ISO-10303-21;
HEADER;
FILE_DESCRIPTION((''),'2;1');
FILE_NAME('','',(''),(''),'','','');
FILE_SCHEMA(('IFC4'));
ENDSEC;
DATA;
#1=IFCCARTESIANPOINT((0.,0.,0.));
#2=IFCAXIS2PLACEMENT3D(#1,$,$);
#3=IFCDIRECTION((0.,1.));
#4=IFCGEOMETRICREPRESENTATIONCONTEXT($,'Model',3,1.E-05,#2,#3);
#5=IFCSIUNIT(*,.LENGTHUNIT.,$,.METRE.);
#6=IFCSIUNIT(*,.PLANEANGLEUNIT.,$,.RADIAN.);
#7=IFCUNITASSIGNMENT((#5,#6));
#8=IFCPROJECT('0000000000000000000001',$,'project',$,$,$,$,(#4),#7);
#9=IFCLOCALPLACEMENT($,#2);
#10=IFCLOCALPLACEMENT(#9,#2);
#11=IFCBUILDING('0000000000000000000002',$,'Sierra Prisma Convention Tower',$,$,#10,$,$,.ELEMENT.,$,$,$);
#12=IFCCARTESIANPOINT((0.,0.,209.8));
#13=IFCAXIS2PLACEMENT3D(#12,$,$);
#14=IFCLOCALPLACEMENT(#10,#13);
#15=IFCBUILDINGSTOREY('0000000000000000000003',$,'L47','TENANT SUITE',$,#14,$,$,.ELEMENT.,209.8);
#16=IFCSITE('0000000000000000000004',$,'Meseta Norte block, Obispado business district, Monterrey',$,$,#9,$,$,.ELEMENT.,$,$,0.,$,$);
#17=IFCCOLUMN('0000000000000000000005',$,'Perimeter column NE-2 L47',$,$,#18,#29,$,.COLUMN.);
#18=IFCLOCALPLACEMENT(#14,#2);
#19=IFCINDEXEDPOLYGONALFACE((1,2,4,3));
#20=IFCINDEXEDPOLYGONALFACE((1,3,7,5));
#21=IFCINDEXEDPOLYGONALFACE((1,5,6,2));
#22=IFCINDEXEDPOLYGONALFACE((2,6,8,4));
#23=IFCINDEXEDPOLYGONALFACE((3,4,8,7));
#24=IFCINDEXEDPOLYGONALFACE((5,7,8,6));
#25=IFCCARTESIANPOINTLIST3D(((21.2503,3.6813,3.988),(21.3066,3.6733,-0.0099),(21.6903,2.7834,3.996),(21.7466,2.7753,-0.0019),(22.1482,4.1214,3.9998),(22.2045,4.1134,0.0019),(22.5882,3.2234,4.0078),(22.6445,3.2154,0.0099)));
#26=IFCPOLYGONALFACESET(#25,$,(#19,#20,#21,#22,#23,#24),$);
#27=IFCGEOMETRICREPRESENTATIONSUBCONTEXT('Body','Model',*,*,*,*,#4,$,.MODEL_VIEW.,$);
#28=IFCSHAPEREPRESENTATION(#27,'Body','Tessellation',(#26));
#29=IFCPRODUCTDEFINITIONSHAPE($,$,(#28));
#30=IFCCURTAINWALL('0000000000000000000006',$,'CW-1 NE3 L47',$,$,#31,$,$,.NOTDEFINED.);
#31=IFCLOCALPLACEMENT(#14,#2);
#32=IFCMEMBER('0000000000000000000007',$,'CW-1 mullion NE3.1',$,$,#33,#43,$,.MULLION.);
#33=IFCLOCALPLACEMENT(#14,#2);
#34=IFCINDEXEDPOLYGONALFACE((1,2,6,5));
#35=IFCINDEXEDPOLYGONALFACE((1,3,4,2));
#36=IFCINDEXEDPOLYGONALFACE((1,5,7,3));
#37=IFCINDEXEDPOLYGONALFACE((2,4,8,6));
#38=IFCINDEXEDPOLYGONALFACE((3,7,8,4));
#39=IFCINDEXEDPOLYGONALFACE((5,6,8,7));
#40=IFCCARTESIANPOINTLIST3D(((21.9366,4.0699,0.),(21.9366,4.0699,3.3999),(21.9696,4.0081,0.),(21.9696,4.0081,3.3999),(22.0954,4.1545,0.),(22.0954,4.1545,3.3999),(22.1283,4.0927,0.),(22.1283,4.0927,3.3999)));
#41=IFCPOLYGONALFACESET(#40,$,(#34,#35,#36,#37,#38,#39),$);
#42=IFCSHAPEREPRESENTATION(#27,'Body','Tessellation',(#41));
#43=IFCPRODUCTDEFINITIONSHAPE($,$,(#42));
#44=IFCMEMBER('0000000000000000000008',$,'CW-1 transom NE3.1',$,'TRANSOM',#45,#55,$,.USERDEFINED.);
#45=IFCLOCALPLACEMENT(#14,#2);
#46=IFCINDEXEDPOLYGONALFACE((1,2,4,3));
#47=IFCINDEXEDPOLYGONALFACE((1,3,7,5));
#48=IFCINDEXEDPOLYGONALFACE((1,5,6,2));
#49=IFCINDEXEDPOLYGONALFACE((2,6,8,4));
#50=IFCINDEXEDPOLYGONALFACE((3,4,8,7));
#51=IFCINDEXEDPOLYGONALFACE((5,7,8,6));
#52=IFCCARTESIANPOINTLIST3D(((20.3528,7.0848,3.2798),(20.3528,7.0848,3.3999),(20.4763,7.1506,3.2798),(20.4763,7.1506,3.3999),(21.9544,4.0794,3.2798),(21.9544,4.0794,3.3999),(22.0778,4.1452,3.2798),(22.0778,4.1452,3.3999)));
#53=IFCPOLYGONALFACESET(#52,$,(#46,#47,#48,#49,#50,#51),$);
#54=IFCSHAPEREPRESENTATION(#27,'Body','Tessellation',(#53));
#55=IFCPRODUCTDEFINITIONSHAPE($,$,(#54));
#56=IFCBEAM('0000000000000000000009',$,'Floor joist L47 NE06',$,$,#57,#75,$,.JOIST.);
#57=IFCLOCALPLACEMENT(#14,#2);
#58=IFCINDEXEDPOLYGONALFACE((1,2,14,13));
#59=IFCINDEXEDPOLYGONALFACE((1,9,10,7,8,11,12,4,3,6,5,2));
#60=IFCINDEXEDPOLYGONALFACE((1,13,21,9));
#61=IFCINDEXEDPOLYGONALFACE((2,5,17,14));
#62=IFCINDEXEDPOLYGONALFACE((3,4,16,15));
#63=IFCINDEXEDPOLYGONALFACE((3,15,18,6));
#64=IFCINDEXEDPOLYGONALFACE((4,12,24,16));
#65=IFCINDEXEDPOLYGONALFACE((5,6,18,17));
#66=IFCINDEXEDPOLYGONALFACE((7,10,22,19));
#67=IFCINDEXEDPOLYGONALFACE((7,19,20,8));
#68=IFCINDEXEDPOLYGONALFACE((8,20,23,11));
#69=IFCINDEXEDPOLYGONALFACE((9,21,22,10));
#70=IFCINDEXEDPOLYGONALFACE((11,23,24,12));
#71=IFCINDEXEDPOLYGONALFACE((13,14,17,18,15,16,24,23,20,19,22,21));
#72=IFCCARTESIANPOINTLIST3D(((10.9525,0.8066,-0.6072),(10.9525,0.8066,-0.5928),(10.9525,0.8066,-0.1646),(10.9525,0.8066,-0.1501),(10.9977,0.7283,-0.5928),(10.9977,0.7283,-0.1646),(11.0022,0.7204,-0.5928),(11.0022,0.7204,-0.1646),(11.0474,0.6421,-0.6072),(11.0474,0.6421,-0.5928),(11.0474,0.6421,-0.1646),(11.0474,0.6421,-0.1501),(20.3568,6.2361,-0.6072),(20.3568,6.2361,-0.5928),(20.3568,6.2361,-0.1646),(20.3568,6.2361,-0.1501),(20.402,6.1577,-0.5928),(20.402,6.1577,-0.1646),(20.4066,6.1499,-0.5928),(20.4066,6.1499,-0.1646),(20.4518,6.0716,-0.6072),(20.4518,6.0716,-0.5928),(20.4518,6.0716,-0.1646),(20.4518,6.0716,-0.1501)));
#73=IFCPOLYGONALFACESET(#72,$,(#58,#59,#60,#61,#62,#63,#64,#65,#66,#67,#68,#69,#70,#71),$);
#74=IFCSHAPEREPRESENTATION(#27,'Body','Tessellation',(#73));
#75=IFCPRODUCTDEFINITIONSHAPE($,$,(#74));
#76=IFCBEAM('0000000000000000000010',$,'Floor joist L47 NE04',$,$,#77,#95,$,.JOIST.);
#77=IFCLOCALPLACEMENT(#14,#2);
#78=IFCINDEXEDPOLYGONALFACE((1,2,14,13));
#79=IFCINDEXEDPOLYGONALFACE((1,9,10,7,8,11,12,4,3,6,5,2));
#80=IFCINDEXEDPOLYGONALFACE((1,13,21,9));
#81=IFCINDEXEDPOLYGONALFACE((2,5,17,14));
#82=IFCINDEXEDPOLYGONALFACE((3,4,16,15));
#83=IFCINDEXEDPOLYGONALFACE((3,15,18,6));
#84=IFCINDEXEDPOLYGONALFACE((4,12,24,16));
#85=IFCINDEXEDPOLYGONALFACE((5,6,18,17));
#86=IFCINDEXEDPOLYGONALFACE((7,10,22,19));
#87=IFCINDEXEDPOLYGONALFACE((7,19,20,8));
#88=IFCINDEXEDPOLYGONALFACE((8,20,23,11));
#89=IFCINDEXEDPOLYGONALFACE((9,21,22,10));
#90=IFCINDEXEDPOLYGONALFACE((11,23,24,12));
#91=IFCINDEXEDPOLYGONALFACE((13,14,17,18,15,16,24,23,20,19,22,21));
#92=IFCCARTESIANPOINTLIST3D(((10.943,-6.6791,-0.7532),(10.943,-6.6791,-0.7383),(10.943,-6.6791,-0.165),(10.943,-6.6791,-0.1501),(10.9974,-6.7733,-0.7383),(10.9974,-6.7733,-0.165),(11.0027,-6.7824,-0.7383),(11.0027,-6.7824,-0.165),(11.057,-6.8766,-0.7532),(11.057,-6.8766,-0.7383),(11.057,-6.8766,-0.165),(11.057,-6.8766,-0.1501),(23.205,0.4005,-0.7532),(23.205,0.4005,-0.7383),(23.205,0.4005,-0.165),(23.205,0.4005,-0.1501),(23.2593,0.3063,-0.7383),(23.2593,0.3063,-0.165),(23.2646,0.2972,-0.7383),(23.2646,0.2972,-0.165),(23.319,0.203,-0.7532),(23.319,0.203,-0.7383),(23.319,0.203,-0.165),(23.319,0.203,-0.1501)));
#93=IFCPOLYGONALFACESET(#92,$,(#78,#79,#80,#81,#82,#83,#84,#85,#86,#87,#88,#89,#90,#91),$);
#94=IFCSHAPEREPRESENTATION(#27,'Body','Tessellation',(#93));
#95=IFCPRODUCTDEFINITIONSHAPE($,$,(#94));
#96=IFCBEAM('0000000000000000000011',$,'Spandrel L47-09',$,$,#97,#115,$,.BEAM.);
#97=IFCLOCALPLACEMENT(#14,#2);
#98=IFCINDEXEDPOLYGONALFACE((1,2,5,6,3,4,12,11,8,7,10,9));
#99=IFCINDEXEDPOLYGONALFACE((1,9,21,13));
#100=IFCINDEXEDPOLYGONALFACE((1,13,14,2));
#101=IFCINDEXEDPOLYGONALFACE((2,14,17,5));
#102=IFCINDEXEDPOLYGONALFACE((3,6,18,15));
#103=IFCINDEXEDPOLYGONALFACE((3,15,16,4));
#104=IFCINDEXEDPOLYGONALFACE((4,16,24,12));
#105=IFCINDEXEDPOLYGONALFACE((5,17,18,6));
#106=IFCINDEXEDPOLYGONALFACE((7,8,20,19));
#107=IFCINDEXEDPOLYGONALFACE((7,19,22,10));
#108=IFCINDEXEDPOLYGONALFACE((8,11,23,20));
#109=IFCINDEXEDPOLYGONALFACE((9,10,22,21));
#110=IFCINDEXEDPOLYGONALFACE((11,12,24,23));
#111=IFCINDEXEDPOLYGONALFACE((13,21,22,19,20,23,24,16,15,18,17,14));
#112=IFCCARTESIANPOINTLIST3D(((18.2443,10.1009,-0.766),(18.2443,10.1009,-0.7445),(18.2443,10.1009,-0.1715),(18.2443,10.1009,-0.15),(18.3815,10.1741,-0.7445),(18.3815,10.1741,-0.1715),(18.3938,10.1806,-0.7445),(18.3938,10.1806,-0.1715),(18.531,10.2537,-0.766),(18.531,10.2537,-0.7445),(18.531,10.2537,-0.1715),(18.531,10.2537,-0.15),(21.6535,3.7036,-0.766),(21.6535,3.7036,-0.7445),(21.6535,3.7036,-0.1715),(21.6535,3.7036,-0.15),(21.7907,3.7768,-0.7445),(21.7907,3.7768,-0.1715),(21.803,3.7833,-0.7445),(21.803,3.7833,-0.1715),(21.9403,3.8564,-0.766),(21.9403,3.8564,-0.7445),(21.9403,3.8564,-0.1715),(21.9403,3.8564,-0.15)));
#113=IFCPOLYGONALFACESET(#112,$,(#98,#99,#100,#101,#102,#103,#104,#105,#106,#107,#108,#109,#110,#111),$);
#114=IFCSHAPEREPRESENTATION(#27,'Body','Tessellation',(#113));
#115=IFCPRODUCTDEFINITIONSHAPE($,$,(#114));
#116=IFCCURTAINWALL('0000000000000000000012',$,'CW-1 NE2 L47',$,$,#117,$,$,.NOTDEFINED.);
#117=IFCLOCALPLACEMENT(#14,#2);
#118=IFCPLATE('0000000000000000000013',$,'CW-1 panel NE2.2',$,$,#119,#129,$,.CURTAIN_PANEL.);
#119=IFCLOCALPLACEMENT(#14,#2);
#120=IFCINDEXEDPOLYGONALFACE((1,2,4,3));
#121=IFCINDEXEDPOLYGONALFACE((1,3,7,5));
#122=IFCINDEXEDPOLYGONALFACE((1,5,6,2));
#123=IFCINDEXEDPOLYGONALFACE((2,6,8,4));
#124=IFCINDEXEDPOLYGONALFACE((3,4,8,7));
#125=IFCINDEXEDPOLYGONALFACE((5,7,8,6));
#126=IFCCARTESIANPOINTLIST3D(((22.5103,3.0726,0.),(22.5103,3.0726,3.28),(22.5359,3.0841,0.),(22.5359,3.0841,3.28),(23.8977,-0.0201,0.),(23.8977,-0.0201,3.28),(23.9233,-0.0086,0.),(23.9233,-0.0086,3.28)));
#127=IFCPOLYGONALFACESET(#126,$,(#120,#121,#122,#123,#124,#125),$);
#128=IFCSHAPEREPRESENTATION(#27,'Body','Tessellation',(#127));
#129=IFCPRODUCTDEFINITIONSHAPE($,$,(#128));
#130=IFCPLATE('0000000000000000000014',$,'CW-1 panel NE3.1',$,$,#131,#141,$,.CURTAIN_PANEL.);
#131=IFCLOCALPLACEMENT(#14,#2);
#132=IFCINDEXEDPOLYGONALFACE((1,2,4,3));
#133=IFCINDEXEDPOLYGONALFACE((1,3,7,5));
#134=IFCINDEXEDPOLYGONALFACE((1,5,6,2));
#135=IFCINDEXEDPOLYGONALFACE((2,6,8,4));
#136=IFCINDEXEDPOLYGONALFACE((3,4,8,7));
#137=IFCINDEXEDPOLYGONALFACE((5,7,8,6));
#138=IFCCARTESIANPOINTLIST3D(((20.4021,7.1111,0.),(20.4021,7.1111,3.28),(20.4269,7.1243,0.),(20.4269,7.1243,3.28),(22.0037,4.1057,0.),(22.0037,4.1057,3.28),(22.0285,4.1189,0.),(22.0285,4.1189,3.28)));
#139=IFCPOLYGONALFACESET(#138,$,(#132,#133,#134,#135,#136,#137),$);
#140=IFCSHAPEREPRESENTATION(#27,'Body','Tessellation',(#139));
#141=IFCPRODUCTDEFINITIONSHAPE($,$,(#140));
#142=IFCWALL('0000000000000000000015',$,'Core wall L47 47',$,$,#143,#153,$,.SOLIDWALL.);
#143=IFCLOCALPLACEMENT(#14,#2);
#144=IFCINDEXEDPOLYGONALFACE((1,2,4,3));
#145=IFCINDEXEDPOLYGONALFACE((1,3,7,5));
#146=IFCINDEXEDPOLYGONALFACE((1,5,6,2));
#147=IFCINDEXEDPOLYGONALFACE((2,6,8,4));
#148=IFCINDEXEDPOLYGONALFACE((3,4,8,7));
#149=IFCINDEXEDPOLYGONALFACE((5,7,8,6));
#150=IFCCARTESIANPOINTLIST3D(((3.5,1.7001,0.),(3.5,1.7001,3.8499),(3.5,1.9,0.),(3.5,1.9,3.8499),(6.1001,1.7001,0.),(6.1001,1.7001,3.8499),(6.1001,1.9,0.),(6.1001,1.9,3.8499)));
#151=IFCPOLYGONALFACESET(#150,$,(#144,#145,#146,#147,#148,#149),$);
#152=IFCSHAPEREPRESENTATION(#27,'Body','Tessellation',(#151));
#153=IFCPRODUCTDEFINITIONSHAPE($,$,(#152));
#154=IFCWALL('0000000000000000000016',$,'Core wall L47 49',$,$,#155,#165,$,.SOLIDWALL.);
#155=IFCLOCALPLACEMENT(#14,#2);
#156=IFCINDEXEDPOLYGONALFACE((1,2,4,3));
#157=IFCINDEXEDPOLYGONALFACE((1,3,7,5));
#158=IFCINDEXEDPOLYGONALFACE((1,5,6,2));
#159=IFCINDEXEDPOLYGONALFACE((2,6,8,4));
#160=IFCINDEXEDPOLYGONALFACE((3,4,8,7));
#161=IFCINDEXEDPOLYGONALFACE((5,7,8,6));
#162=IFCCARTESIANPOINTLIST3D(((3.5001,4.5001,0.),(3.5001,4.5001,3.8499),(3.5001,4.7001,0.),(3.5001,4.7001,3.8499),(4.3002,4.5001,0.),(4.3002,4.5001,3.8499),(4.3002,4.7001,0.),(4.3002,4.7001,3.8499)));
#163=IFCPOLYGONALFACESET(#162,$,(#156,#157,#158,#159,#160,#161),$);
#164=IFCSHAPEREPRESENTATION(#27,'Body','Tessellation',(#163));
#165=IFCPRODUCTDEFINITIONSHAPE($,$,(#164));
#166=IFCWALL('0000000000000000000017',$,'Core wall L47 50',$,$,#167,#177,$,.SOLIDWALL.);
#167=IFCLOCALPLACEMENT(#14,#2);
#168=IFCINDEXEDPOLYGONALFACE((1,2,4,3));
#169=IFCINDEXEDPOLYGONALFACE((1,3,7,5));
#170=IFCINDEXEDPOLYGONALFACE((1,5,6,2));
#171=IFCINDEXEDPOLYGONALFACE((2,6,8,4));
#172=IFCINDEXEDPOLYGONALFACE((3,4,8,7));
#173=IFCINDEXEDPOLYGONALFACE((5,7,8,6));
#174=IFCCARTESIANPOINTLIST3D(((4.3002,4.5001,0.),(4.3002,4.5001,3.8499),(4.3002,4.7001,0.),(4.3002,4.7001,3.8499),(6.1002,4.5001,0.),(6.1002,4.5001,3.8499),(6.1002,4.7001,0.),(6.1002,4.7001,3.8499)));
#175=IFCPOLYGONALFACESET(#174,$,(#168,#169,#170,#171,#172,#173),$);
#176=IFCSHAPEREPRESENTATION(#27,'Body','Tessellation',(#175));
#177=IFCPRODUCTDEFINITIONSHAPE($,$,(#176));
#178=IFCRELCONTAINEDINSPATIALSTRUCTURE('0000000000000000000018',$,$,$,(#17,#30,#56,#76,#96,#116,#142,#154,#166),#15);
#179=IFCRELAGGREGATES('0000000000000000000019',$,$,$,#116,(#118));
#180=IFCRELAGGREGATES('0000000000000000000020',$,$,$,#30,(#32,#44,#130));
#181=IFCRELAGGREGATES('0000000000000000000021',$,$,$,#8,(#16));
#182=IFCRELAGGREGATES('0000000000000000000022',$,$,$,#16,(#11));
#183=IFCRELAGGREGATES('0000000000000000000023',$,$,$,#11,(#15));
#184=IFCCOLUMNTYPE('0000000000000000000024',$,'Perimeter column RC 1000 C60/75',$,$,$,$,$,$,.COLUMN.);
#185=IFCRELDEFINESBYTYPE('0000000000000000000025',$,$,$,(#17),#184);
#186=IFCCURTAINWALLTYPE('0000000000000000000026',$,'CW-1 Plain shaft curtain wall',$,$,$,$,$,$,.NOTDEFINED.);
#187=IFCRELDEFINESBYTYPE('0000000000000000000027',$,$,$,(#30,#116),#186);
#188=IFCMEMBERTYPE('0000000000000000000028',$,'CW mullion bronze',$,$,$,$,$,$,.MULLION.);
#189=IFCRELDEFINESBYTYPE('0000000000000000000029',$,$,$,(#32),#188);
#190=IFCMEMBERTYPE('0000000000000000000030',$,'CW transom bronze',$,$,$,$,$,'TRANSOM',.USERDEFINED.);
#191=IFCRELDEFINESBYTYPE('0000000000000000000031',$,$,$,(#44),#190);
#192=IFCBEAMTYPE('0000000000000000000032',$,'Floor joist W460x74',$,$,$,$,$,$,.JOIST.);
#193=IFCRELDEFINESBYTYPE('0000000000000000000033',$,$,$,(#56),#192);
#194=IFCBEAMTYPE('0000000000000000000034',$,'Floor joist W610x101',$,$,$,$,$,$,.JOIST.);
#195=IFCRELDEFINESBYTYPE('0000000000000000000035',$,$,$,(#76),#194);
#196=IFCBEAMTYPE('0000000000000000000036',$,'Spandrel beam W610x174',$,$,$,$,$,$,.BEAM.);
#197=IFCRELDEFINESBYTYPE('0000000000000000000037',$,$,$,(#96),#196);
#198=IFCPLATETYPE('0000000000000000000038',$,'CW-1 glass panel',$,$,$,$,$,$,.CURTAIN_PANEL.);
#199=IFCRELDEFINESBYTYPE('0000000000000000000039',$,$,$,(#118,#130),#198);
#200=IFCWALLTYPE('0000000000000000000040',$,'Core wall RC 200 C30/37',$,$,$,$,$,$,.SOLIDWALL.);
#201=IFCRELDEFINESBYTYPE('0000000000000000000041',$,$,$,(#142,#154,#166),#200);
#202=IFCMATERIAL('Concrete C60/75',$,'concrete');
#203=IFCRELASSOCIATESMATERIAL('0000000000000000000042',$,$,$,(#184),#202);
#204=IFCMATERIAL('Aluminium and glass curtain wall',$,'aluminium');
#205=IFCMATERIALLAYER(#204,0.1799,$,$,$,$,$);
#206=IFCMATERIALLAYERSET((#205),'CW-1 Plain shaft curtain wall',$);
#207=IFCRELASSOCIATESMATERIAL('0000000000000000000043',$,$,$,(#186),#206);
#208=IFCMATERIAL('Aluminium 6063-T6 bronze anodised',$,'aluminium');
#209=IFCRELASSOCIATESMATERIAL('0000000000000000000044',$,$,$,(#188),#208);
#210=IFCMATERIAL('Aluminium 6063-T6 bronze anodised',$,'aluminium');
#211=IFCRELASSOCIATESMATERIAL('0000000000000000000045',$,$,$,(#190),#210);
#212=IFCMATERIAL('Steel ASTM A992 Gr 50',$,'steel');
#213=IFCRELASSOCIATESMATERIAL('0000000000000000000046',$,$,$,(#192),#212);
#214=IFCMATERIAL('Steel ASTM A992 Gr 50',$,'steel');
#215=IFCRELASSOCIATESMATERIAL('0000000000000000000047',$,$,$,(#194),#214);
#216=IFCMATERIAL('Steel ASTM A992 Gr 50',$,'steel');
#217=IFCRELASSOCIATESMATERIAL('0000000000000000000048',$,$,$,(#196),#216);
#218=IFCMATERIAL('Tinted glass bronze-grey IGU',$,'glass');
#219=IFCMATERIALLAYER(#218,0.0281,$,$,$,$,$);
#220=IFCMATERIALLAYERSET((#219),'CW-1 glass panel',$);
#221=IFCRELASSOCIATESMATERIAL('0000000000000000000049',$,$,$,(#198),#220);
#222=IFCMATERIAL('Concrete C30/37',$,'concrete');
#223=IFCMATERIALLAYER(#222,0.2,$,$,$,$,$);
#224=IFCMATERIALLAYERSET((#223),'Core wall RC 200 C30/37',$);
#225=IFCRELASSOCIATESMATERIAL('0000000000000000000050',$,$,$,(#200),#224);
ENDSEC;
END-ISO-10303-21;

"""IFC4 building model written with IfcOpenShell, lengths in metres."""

from ifc_helpers import new_model, si_unit, direction, frame, frame_2d, origin, origin_2d, place, context, subcontext, project, spatial, rectangle, i_section, extrude, clip, halfspace, material, layer, layer_set, material_profile, profile_set, type_object, element, aggregate, save


model = new_model("IFC4")

# Units and contexts
model_context = context("Model", 3, precision=1e-05, world=origin(), true_north=direction((0.0, 1.0)))
body_context = subcontext(model_context, "Body", "Model", "MODEL_VIEW")
ifc_project = project(units=[si_unit("LENGTHUNIT", "METRE"), si_unit("PLANEANGLEUNIT", "RADIAN")], contexts=[model_context])

# Site, building, storey
site_placement = place(None, origin())
site = spatial("IfcSite", under=ifc_project, at=site_placement, Name="Meseta Norte block, Obispado business district, Monterrey", CompositionType="ELEMENT", RefElevation=0.0)
building_placement = place(site_placement, origin())
building = spatial("IfcBuilding", under=site, at=building_placement, Name="Sierra Prisma Convention Tower", CompositionType="ELEMENT")
storey_placement = place(building_placement, frame((0.0, 0.0, 209.8)))
storey = spatial("IfcBuildingStorey", under=building, at=storey_placement, Name="L47", Description="TENANT SUITE", CompositionType="ELEMENT", Elevation=209.8)

# Column
ifc_material_1 = material(Name="Concrete C60/75", Category="concrete")
ifc_material_profile_1 = material_profile(ifc_material_1, rectangle(XDim=1.0, YDim=1.0, at=origin_2d()), Name="Perimeter column RC 1000 C60/75")
ifc_profile_set_1 = profile_set([ifc_material_profile_1], Name="Concrete C60/75")
column_type = type_object("IfcColumnType", Name="Perimeter column RC 1000 C60/75", PredefinedType="COLUMN", material=ifc_profile_set_1)
column_placement = place(storey_placement, frame((21.9756, 3.4443, 0.0), z_axis=(-0.014098, 0.002014, 0.999899), x_axis=(-0.440002, 0.897961, -0.008012)))
element("IfcColumn", 1, at=column_placement, inside=storey, type_object=column_type, Name="Perimeter column NE-2 L47", PredefinedType="COLUMN", context=body_context, shape_type="SweptSolid", body=[
    clip(extrude(rectangle(XDim=1.0, YDim=1.0, at=origin_2d()), origin(), (0.0, 0.0, 1.0), 4.0005), halfspace(frame((0.0, 0.0, 3.9983)), False)),
])

# Curtain wall, members
ifc_material_2 = material(Name="Aluminium and glass curtain wall", Category="aluminium")
ifc_layer_1 = layer(ifc_material_2, 0.1799)
ifc_layer_set_1 = layer_set([ifc_layer_1], Name="CW-1 Plain shaft curtain wall")
curtain_wall_type = type_object("IfcCurtainWallType", Name="CW-1 Plain shaft curtain wall", PredefinedType="NOTDEFINED", material=ifc_layer_set_1)
curtain_wall_1_placement = place(storey_placement, origin())
curtain_wall_1 = element("IfcCurtainWall", 2, at=curtain_wall_1_placement, inside=storey, type_object=curtain_wall_type, Name="CW-1 NE3 L47", PredefinedType="NOTDEFINED")
ifc_material_3 = material(Name="Aluminium 6063-T6 bronze anodised", Category="aluminium")
ifc_material_profile_2 = material_profile(ifc_material_3, rectangle(XDim=0.1799, YDim=0.0701, at=origin_2d()), Name="ALU MULLION 70x180")
ifc_profile_set_2 = profile_set([ifc_material_profile_2], Name="Aluminium 6063-T6 bronze anodised")
member_type_1 = type_object("IfcMemberType", Name="CW mullion bronze", PredefinedType="MULLION", material=ifc_profile_set_2)
member_1_placement = place(storey_placement, frame((22.0325, 4.0813, 0.0), z_axis=(0.0, 0.0, 1.0), x_axis=(-0.882509, -0.470295, 0.0)))
member_1 = element("IfcMember", 3, at=member_1_placement, type_object=member_type_1, Name="CW-1 mullion NE3.1", PredefinedType="MULLION", context=body_context, shape_type="SweptSolid", body=[
    extrude(rectangle(XDim=0.1799, YDim=0.0701, at=origin_2d()), origin(), (0.0, 0.0, 1.0), 3.3999),
])
ifc_material_4 = material(Name="Aluminium 6063-T6 bronze anodised", Category="aluminium")
ifc_material_profile_3 = material_profile(ifc_material_4, rectangle(XDim=0.1399, YDim=0.1201, at=origin_2d()), Name="ALU TRANSOM 120x140")
ifc_profile_set_3 = profile_set([ifc_material_profile_3], Name="Aluminium 6063-T6 bronze anodised")
member_type_2 = type_object("IfcMemberType", Name="CW transom bronze", ElementType="TRANSOM", PredefinedType="USERDEFINED", material=ifc_profile_set_3)
member_2_placement = place(storey_placement, frame((22.0161, 4.1123, 3.3398), z_axis=(-0.470291, 0.882512, 0.0), x_axis=(-0.882512, -0.470291, 0.0)))
member_2 = element("IfcMember", 4, at=member_2_placement, type_object=member_type_2, Name="CW-1 transom NE3.1", ObjectType="TRANSOM", PredefinedType="USERDEFINED", context=body_context, shape_type="SweptSolid", body=[
    extrude(rectangle(XDim=0.1399, YDim=0.1201, at=origin_2d()), origin(), (0.0, 0.0, 1.0), 3.4055),
])

# Beams
ifc_material_5 = material(Name="Steel ASTM A992 Gr 50", Category="steel")
ifc_material_profile_4 = material_profile(ifc_material_5, i_section(OverallWidth=0.1899, OverallDepth=0.457, WebThickness=0.009, FlangeThickness=0.0144, at=origin_2d()), Name="W460x74")
ifc_profile_set_4 = profile_set([ifc_material_profile_4], Name="Steel ASTM A992 Gr 50")
beam_type_1 = type_object("IfcBeamType", Name="Floor joist W460x74", PredefinedType="JOIST", material=ifc_profile_set_4)
beam_1_placement = place(storey_placement, frame((20.4043, 6.1538, -0.3787), z_axis=(-0.866031, -0.499991, 0.0), x_axis=(0.499991, -0.866031, 0.0)))
element("IfcBeam", 5, at=beam_1_placement, inside=storey, type_object=beam_type_1, Name="Floor joist L47 NE06", PredefinedType="JOIST", context=body_context, shape_type="SweptSolid", body=[
    extrude(i_section(OverallWidth=0.1899, OverallDepth=0.457, WebThickness=0.009, FlangeThickness=0.0144, at=origin_2d()), origin(), (0.0, 0.0, 1.0), 10.8591),
])
ifc_material_6 = material(Name="Steel ASTM A992 Gr 50", Category="steel")
ifc_material_profile_5 = material_profile(ifc_material_6, i_section(OverallWidth=0.228, OverallDepth=0.603, WebThickness=0.0105, FlangeThickness=0.0149, at=origin_2d()), Name="W610x101")
ifc_profile_set_5 = profile_set([ifc_material_profile_5], Name="Steel ASTM A992 Gr 50")
beam_type_2 = type_object("IfcBeamType", Name="Floor joist W610x101", PredefinedType="JOIST", material=ifc_profile_set_5)
beam_2_placement = place(storey_placement, frame((23.262, 0.3018, -0.4517), z_axis=(-0.866021, -0.500008, 0.0), x_axis=(0.500008, -0.866021, 0.0)))
element("IfcBeam", 6, at=beam_2_placement, inside=storey, type_object=beam_type_2, Name="Floor joist L47 NE04", PredefinedType="JOIST", context=body_context, shape_type="SweptSolid", body=[
    extrude(i_section(OverallWidth=0.228, OverallDepth=0.603, WebThickness=0.0105, FlangeThickness=0.0149, at=origin_2d()), origin(), (0.0, 0.0, 1.0), 14.1589),
])
ifc_material_7 = material(Name="Steel ASTM A992 Gr 50", Category="steel")
ifc_material_profile_6 = material_profile(ifc_material_7, i_section(OverallWidth=0.325, OverallDepth=0.616, WebThickness=0.0139, FlangeThickness=0.0215, at=origin_2d()), Name="W610x174")
ifc_profile_set_6 = profile_set([ifc_material_profile_6], Name="Steel ASTM A992 Gr 50")
beam_type_3 = type_object("IfcBeamType", Name="Spandrel beam W610x174", PredefinedType="BEAM", material=ifc_profile_set_6)
beam_3_placement = place(storey_placement, frame((21.7969, 3.78, -0.458), z_axis=(-0.470302, 0.882506, 0.0), x_axis=(-0.882506, -0.470302, 0.0)))
element("IfcBeam", 7, at=beam_3_placement, inside=storey, type_object=beam_type_3, Name="Spandrel L47-09", PredefinedType="BEAM", context=body_context, shape_type="SweptSolid", body=[
    extrude(i_section(OverallWidth=0.325, OverallDepth=0.616, WebThickness=0.0139, FlangeThickness=0.0215, at=origin_2d()), origin(), (0.0, 0.0, 1.0), 7.249),
])

# Curtain wall, plate
curtain_wall_2_placement = place(storey_placement, origin())
curtain_wall_2 = element("IfcCurtainWall", 8, at=curtain_wall_2_placement, inside=storey, type_object=curtain_wall_type, Name="CW-1 NE2 L47", PredefinedType="NOTDEFINED")
ifc_material_8 = material(Name="Tinted glass bronze-grey IGU", Category="glass")
ifc_layer_2 = layer(ifc_material_8, 0.0281)
ifc_layer_set_2 = layer_set([ifc_layer_2], Name="CW-1 glass panel")
plate_type = type_object("IfcPlateType", Name="CW-1 glass panel", PredefinedType="CURTAIN_PANEL", material=ifc_layer_set_2)
plate_1_placement = place(storey_placement, frame((23.2168, 1.532, 0.0), z_axis=(0.0, 0.0, 1.0), x_axis=(-0.40929, 0.912404, 0.0)))
plate_1 = element("IfcPlate", 9, at=plate_1_placement, type_object=plate_type, Name="CW-1 panel NE2.2", PredefinedType="CURTAIN_PANEL", context=body_context, shape_type="SweptSolid", body=[
    extrude(rectangle(XDim=3.3896, YDim=0.0281, at=origin_2d()), origin(), (0.0, 0.0, 1.0), 3.28),
])
aggregate(curtain_wall_2, [plate_1])

# Plate
plate_2_placement = place(storey_placement, frame((21.2153, 5.615, 0.0), z_axis=(0.0, 0.0, 1.0), x_axis=(-0.470295, 0.882509, 0.0)))
plate_2 = element("IfcPlate", 10, at=plate_2_placement, type_object=plate_type, Name="CW-1 panel NE3.1", PredefinedType="CURTAIN_PANEL", context=body_context, shape_type="SweptSolid", body=[
    extrude(rectangle(XDim=3.4055, YDim=0.0281, at=origin_2d()), origin(), (0.0, 0.0, 1.0), 3.28),
])
aggregate(curtain_wall_1, [member_1, member_2, plate_2])

# Walls
ifc_material_9 = material(Name="Concrete C30/37", Category="concrete")
ifc_layer_3 = layer(ifc_material_9, 0.2)
ifc_layer_set_3 = layer_set([ifc_layer_3], Name="Core wall RC 200 C30/37")
wall_type = type_object("IfcWallType", Name="Core wall RC 200 C30/37", PredefinedType="SOLIDWALL", material=ifc_layer_set_3)
wall_1_placement = place(storey_placement, frame((6.1001, 1.8, 0.0), z_axis=(0.0, 0.0, 1.0), x_axis=(-1.0, 0.0, 0.0)))
element("IfcWall", 11, at=wall_1_placement, inside=storey, type_object=wall_type, Name="Core wall L47 47", PredefinedType="SOLIDWALL", context=body_context, shape_type="SweptSolid", body=[
    extrude(rectangle(XDim=2.6001, YDim=0.2, at=frame_2d((1.3, 0.0))), origin(), (0.0, 0.0, 1.0), 3.8499),
])
wall_2_placement = place(storey_placement, frame((4.3, 4.6001, 0.0), z_axis=(0.0, 0.0, 1.0), x_axis=(-1.0, 0.0, 0.0)))
element("IfcWall", 12, at=wall_2_placement, inside=storey, type_object=wall_type, Name="Core wall L47 49", PredefinedType="SOLIDWALL", context=body_context, shape_type="SweptSolid", body=[
    extrude(rectangle(XDim=0.8, YDim=0.2, at=frame_2d((0.3999, 0.0))), origin(), (0.0, 0.0, 1.0), 3.8499),
])
wall_3_placement = place(storey_placement, frame((6.1001, 4.6001, 0.0), z_axis=(0.0, 0.0, 1.0), x_axis=(-1.0, 0.0, 0.0)))
element("IfcWall", 13, at=wall_3_placement, inside=storey, type_object=wall_type, Name="Core wall L47 50", PredefinedType="SOLIDWALL", context=body_context, shape_type="SweptSolid", body=[
    extrude(rectangle(XDim=1.8, YDim=0.2, at=frame_2d((0.8999, 0.0))), origin(), (0.0, 0.0, 1.0), 3.8499),
])

save(model, "model.ifc")
